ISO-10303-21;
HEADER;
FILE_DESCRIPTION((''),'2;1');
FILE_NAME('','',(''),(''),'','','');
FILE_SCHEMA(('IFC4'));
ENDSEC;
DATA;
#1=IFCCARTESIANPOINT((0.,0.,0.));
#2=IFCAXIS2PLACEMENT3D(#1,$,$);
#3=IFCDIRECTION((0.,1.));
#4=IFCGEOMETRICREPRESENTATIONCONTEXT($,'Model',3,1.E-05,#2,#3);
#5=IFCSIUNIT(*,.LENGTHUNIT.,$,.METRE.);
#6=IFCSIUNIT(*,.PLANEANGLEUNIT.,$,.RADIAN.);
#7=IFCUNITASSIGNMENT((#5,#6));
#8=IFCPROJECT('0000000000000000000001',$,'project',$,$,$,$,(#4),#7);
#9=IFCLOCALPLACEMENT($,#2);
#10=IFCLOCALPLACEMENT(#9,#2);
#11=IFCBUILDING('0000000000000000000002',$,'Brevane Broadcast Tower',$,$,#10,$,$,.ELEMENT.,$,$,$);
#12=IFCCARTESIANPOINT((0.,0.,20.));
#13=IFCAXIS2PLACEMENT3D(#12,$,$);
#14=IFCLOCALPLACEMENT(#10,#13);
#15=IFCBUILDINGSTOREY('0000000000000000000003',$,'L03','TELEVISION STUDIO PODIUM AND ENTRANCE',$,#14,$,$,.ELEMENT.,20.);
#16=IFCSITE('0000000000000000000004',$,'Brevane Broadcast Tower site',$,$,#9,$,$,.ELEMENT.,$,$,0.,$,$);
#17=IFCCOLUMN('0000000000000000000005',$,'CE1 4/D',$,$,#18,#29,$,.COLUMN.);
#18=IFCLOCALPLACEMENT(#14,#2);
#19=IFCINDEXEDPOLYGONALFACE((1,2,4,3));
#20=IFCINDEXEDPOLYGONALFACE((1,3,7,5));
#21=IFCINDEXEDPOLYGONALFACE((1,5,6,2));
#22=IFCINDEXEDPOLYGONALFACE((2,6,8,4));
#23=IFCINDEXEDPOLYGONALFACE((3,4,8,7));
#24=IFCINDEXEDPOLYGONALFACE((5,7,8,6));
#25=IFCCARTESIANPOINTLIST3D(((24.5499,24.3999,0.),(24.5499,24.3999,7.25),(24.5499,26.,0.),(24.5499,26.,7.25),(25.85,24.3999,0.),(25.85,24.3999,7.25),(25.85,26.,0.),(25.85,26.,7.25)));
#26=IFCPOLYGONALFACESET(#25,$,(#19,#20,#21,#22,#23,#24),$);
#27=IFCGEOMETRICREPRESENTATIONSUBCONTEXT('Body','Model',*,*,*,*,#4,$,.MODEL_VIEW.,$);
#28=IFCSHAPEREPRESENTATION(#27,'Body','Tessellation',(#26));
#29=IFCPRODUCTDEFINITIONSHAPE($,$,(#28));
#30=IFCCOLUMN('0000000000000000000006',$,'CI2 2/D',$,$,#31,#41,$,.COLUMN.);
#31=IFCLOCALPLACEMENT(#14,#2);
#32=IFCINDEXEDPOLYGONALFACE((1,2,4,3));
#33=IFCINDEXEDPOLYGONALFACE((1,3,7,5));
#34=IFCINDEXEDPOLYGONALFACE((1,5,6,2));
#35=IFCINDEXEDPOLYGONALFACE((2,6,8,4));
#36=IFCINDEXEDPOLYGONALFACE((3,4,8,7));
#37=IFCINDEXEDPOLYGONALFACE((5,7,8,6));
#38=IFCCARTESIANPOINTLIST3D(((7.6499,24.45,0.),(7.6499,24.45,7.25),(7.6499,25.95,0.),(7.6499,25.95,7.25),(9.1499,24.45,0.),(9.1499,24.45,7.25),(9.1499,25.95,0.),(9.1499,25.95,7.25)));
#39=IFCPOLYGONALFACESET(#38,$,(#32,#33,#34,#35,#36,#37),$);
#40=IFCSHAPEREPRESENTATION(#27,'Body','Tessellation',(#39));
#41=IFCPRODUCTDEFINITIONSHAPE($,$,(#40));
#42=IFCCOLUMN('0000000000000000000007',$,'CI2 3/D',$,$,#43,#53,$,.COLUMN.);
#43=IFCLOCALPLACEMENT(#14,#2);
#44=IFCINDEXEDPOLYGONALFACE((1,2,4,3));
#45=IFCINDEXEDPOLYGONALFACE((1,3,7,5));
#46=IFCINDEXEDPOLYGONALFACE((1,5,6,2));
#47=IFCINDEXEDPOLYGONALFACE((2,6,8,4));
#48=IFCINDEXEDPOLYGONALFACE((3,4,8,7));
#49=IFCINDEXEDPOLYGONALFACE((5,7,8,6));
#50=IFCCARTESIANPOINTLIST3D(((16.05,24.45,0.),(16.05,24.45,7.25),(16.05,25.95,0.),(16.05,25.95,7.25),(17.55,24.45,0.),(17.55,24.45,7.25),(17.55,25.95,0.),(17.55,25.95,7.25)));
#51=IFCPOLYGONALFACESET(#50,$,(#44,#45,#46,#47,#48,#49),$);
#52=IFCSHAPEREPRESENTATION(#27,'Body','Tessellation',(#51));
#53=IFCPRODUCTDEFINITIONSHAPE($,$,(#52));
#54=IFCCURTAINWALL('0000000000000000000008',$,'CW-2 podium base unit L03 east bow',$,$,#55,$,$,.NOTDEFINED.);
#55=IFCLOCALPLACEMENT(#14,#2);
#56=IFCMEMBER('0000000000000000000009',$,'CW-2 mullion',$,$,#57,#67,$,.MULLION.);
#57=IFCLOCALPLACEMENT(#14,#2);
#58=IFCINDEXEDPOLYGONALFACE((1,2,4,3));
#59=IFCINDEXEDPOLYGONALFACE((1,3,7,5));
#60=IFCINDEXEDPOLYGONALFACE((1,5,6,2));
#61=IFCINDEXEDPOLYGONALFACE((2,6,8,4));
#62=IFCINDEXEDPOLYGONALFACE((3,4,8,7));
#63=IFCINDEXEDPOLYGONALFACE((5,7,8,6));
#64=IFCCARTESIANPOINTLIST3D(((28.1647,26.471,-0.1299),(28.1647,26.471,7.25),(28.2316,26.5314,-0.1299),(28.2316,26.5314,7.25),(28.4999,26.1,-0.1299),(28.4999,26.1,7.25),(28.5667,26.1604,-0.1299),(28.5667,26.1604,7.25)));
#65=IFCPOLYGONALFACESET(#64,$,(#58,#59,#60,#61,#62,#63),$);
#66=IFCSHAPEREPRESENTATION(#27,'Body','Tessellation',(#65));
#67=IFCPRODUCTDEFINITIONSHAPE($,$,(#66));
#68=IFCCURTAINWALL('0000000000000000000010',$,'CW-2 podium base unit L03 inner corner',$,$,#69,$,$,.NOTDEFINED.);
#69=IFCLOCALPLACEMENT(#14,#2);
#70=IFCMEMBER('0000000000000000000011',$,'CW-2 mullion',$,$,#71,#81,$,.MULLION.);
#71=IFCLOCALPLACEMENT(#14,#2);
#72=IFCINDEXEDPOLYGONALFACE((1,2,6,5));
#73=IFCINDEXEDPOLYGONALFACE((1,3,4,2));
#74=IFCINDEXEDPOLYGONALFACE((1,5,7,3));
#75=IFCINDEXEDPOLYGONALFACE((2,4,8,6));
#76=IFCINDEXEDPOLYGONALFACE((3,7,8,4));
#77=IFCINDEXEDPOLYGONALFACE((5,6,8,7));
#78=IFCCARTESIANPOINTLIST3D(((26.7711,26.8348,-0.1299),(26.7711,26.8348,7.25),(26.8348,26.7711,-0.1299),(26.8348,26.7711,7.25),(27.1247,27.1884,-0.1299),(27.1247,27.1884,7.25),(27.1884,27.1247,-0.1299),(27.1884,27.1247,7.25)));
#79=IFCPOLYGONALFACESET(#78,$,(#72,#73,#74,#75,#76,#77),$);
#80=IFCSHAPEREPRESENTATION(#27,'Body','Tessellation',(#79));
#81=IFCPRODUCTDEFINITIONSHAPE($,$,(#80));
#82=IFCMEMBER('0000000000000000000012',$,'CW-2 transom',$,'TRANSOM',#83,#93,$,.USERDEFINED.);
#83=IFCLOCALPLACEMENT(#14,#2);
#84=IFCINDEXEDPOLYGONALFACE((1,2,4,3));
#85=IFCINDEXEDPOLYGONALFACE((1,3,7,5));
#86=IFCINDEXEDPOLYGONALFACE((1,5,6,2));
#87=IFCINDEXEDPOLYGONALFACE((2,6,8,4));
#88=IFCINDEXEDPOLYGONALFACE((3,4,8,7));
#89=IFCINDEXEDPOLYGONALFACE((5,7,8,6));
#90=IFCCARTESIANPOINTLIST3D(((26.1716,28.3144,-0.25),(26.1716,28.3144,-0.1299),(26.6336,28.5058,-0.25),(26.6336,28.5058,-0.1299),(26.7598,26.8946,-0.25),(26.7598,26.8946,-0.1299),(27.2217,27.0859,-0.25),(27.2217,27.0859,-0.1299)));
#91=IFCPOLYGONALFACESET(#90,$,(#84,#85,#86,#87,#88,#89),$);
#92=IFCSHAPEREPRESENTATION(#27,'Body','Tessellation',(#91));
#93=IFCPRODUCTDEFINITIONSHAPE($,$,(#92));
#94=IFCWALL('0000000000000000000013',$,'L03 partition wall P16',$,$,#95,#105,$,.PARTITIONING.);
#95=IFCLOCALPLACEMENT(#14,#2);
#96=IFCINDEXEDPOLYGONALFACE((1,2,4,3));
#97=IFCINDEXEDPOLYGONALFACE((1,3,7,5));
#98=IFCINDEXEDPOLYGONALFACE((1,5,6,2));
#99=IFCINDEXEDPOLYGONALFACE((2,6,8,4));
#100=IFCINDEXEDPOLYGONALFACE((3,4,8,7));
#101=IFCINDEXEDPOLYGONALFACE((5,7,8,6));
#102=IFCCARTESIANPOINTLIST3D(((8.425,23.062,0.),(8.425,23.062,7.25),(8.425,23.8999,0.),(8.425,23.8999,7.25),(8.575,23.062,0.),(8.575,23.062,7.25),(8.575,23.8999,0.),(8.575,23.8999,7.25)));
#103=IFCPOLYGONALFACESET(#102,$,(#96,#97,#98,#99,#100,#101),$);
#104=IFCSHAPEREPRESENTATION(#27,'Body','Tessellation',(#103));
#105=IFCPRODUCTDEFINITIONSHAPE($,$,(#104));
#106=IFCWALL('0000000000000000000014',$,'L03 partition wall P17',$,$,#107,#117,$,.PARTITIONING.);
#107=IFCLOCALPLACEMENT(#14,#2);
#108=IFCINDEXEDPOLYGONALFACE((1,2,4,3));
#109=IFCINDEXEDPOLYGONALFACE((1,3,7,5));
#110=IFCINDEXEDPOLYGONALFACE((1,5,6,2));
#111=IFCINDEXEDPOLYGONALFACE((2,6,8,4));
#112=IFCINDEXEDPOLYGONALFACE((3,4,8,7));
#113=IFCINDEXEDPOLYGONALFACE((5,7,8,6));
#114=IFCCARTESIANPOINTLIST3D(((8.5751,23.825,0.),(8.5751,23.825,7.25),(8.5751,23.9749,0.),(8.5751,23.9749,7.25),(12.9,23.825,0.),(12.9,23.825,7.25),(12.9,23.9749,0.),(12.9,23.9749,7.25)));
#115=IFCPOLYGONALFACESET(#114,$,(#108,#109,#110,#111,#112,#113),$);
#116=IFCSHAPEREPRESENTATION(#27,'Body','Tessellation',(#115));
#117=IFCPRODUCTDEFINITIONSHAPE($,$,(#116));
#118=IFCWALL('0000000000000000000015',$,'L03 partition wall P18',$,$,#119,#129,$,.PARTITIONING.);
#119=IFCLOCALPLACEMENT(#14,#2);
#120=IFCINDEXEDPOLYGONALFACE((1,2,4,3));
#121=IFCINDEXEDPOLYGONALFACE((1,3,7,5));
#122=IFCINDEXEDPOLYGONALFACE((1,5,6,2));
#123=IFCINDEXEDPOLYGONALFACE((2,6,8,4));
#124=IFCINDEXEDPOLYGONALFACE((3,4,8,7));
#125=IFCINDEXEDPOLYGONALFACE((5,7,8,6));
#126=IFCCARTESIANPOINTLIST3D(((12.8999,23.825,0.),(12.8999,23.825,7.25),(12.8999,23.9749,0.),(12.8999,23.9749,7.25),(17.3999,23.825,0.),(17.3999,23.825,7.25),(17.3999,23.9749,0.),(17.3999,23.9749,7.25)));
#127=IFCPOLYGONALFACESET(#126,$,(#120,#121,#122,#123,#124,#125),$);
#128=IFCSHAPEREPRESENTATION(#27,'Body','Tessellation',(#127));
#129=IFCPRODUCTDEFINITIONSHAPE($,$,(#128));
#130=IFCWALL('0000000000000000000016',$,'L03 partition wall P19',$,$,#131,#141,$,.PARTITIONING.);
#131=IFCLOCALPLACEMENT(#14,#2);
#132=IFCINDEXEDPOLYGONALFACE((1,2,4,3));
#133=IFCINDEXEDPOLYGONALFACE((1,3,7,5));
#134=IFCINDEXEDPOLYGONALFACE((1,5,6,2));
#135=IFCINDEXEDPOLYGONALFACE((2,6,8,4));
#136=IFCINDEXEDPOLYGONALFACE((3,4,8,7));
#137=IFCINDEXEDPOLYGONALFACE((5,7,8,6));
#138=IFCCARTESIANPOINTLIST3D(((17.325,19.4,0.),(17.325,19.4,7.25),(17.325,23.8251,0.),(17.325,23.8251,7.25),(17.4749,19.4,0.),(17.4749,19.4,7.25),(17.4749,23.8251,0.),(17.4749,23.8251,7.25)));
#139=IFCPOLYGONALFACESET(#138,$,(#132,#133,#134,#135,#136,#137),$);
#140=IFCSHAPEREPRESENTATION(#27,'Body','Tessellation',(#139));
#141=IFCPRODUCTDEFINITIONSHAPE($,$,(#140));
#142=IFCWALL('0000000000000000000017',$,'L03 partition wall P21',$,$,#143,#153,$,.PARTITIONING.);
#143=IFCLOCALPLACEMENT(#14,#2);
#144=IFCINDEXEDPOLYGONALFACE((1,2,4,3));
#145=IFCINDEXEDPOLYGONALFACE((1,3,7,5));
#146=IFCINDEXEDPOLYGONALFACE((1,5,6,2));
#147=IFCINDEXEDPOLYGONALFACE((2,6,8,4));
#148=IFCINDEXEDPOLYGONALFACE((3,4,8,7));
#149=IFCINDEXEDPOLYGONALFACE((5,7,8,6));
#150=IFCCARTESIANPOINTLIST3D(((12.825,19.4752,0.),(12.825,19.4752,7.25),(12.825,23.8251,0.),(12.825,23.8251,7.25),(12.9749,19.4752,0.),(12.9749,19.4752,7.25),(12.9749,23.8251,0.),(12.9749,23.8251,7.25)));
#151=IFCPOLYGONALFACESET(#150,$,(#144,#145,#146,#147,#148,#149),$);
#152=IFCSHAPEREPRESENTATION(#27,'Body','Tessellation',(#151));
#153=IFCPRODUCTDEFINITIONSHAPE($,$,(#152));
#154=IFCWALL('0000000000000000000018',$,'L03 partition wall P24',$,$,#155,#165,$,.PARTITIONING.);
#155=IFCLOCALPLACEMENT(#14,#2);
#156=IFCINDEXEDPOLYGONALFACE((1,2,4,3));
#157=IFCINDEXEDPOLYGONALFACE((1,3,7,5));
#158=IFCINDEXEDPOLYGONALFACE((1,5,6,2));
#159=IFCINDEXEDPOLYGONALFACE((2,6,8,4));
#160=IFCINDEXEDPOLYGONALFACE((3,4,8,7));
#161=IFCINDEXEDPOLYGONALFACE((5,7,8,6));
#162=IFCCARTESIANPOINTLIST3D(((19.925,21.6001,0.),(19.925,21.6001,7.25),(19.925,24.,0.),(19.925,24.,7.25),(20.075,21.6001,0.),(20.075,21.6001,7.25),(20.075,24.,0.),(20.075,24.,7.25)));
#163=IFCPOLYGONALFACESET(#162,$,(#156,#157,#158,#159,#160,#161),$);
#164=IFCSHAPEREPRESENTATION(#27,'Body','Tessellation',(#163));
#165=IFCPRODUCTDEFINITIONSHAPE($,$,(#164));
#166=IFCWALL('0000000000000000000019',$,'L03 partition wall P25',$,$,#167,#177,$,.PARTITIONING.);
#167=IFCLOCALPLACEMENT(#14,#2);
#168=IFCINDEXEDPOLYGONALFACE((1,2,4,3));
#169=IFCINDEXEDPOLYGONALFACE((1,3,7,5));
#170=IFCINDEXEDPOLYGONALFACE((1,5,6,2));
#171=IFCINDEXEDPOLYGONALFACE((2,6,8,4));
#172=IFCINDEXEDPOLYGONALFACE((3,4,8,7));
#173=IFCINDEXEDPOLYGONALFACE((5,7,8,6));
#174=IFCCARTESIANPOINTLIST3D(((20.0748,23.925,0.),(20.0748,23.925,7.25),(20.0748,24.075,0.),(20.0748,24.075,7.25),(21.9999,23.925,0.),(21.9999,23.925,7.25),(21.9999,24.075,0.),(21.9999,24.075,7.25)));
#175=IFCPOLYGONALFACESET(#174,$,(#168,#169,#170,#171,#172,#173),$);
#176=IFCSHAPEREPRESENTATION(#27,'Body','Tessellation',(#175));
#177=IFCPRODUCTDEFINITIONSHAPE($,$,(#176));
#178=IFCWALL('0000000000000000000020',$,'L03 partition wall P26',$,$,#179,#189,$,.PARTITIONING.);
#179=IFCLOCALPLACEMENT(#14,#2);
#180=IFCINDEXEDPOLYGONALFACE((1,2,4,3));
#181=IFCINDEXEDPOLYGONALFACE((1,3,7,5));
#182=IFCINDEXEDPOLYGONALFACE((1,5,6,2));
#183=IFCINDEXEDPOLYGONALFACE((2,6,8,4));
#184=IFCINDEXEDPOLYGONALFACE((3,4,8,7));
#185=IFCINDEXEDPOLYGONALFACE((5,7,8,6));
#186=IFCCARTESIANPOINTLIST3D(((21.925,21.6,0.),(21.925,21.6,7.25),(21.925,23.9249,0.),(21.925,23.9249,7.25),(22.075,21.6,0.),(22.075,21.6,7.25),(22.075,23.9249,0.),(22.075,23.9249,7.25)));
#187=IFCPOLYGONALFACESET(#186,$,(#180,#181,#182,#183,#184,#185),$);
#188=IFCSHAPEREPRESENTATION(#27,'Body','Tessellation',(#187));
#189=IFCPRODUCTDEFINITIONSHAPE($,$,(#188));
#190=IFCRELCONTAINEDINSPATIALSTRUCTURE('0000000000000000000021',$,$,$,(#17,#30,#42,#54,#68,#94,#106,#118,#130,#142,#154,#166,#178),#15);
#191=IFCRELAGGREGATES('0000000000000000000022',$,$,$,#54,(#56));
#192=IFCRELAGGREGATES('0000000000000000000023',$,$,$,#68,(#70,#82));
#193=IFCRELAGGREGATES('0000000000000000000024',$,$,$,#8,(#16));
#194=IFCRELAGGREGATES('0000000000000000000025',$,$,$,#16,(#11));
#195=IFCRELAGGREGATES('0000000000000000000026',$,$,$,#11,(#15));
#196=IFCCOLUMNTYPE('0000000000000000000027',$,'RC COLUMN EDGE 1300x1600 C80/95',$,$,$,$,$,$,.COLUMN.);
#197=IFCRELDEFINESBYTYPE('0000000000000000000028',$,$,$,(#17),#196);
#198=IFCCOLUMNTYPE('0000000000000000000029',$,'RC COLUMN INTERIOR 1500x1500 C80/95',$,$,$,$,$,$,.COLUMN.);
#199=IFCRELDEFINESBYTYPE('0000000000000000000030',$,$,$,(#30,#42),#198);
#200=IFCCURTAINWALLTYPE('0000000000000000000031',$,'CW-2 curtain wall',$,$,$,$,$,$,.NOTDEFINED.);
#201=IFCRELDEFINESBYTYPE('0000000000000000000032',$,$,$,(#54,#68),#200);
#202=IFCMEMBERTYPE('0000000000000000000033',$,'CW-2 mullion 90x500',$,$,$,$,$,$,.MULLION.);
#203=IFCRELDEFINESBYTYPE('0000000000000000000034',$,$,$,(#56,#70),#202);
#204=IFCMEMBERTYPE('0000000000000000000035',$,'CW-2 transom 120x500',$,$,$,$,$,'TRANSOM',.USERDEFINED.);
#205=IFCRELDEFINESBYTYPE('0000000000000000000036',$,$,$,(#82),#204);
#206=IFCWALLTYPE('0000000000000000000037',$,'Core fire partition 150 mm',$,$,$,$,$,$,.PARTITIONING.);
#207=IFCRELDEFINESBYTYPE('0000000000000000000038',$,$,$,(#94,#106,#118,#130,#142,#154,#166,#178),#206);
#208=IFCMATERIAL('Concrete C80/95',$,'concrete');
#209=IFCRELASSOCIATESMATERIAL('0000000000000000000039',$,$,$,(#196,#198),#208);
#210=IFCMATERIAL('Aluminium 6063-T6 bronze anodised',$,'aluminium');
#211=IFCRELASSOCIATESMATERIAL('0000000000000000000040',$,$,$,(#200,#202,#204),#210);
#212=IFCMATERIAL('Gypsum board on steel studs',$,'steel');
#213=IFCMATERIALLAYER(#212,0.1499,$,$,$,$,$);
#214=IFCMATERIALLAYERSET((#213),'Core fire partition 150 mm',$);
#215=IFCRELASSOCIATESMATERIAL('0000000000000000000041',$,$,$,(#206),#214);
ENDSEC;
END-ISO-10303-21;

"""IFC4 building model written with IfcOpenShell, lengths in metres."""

from ifc_helpers import new_model, si_unit, direction, frame, frame_2d, origin, origin_2d, place, context, subcontext, project, spatial, rectangle, extrude, material, layer, layer_set, material_profile, profile_set, type_object, element, aggregate, save


model = new_model("IFC4")

# Units and contexts
model_context = context("Model", 3, precision=1e-05, world=origin(), true_north=direction((0.0, 1.0)))
body_context = subcontext(model_context, "Body", "Model", "MODEL_VIEW")
ifc_project = project(units=[si_unit("LENGTHUNIT", "METRE"), si_unit("PLANEANGLEUNIT", "RADIAN")], contexts=[model_context])

# Site, building, storey
site_placement = place(None, origin())
site = spatial("IfcSite", under=ifc_project, at=site_placement, Name="Brevane Broadcast Tower site", CompositionType="ELEMENT", RefElevation=0.0)
building_placement = place(site_placement, origin())
building = spatial("IfcBuilding", under=site, at=building_placement, Name="Brevane Broadcast Tower", CompositionType="ELEMENT")
storey_placement = place(building_placement, frame((0.0, 0.0, 20.0)))
storey = spatial("IfcBuildingStorey", under=building, at=storey_placement, Name="L03", Description="TELEVISION STUDIO PODIUM AND ENTRANCE", CompositionType="ELEMENT", Elevation=20.0)

# Columns
ifc_material_1 = material(Name="Concrete C80/95", Category="concrete")
ifc_material_profile_1 = material_profile(ifc_material_1, rectangle(XDim=1.3, YDim=1.6001, at=origin_2d()), Name="RC 1300x1600")
ifc_profile_set_1 = profile_set([ifc_material_profile_1], Name="Concrete C80/95")
column_type_1 = type_object("IfcColumnType", Name="RC COLUMN EDGE 1300x1600 C80/95", PredefinedType="COLUMN", material=ifc_profile_set_1)
column_placement = place(storey_placement, frame((25.2, 25.2, 0.0), z_axis=(0.0, 0.0, 1.0), x_axis=(1.0, 0.0, 0.0)))
element("IfcColumn", 1, at=column_placement, inside=storey, type_object=column_type_1, Name="CE1 4/D", PredefinedType="COLUMN", context=body_context, shape_type="SweptSolid", body=[
    extrude(rectangle(XDim=1.3, YDim=1.6001, at=origin_2d()), origin(), (0.0, 0.0, 1.0), 7.25),
])
ifc_material_profile_2 = material_profile(ifc_material_1, rectangle(XDim=1.5, YDim=1.5, at=origin_2d()), Name="RC 1500x1500")
ifc_profile_set_2 = profile_set([ifc_material_profile_2], Name="Concrete C80/95")
column_type_2 = type_object("IfcColumnType", Name="RC COLUMN INTERIOR 1500x1500 C80/95", PredefinedType="COLUMN", material=ifc_profile_set_2)
for number, where, z_axis, x_axis, name in (
    (2, (8.3999, 25.2, 0.0), (0.0, 0.0, 1.0), (1.0, 0.0, 0.0), "CI2 2/D"),
    (3, (16.8, 25.2, 0.0), (0.0, 0.0, 1.0), (1.0, 0.0, 0.0), "CI2 3/D"),
):
    element("IfcColumn", number, at=place(storey_placement, frame(where, z_axis=z_axis, x_axis=x_axis)), inside=storey, type_object=column_type_2, Name=name, PredefinedType="COLUMN", context=body_context, shape_type="SweptSolid", body=[
        extrude(rectangle(XDim=1.5, YDim=1.5, at=origin_2d()), origin(), (0.0, 0.0, 1.0), 7.25),
    ])

# Curtain wall, member
ifc_material_2 = material(Name="Aluminium 6063-T6 bronze anodised", Category="aluminium")
curtain_wall_type = type_object("IfcCurtainWallType", Name="CW-2 curtain wall", PredefinedType="NOTDEFINED", material=ifc_material_2)
curtain_wall_1_placement = place(storey_placement, origin())
curtain_wall_1 = element("IfcCurtainWall", 4, at=curtain_wall_1_placement, inside=storey, type_object=curtain_wall_type, Name="CW-2 podium base unit L03 east bow", PredefinedType="NOTDEFINED")
ifc_material_profile_3 = material_profile(ifc_material_2, rectangle(XDim=0.5, YDim=0.0901, at=origin_2d()), Name="RECT 90x500")
ifc_profile_set_3 = profile_set([ifc_material_profile_3], Name="Aluminium 6063-T6 bronze anodised")
member_type_1 = type_object("IfcMemberType", Name="CW-2 mullion 90x500", PredefinedType="MULLION", material=ifc_profile_set_3)
member_1_placement = place(storey_placement, frame((28.3657, 26.3157, -0.1299), z_axis=(0.0, 0.0, 1.0), x_axis=(0.670369, -0.742028, 0.0)))
member_1 = element("IfcMember", 5, at=member_1_placement, type_object=member_type_1, Name="CW-2 mullion", PredefinedType="MULLION", context=body_context, shape_type="SweptSolid", body=[
    extrude(rectangle(XDim=0.5, YDim=0.0901, at=origin_2d()), origin(), (0.0, 0.0, 1.0), 7.3799),
])
aggregate(curtain_wall_1, [member_1])

# Curtain wall, members
curtain_wall_2_placement = place(storey_placement, origin())
curtain_wall_2 = element("IfcCurtainWall", 6, at=curtain_wall_2_placement, inside=storey, type_object=curtain_wall_type, Name="CW-2 podium base unit L03 inner corner", PredefinedType="NOTDEFINED")
member_2_placement = place(storey_placement, frame((26.9797, 26.9797, -0.1299), z_axis=(0.0, 0.0, 1.0), x_axis=(-0.707107, -0.707107, 0.0)))
member_2 = element("IfcMember", 7, at=member_2_placement, type_object=member_type_1, Name="CW-2 mullion", PredefinedType="MULLION", context=body_context, shape_type="SweptSolid", body=[
    extrude(rectangle(XDim=0.5, YDim=0.0901, at=origin_2d()), origin(), (0.0, 0.0, 1.0), 7.3799),
])
ifc_material_profile_4 = material_profile(ifc_material_2, rectangle(XDim=0.5, YDim=0.1201, at=origin_2d()), Name="RECT 120x500")
ifc_profile_set_4 = profile_set([ifc_material_profile_4], Name="Aluminium 6063-T6 bronze anodised")
member_type_2 = type_object("IfcMemberType", Name="CW-2 transom 120x500", ElementType="TRANSOM", PredefinedType="USERDEFINED", material=ifc_profile_set_4)
member_3_placement = place(storey_placement, frame((26.9907, 26.9902, -0.1899), z_axis=(-0.382674, 0.923883, 0.0), x_axis=(-0.923883, -0.382674, 0.0)))
member_3 = element("IfcMember", 8, at=member_3_placement, type_object=member_type_2, Name="CW-2 transom", ObjectType="TRANSOM", PredefinedType="USERDEFINED", context=body_context, shape_type="SweptSolid", body=[
    extrude(rectangle(XDim=0.5, YDim=0.1201, at=origin_2d()), origin(), (0.0, 0.0, 1.0), 1.5369),
])
aggregate(curtain_wall_2, [member_2, member_3])

# Walls
ifc_material_3 = material(Name="Gypsum board on steel studs", Category="steel")
ifc_layer_1 = layer(ifc_material_3, 0.1499)
ifc_layer_set_1 = layer_set([ifc_layer_1], Name="Core fire partition 150 mm")
wall_type_1 = type_object("IfcWallType", Name="Core fire partition 150 mm", PredefinedType="PARTITIONING", material=ifc_layer_set_1)
wall_1_placement = place(storey_placement, frame((8.5, 23.062, 0.0), z_axis=(0.0, 0.0, 1.0), x_axis=(0.0, 1.0, 0.0)))
element("IfcWall", 9, at=wall_1_placement, inside=storey, type_object=wall_type_1, Name="L03 partition wall P16", PredefinedType="PARTITIONING", context=body_context, shape_type="SweptSolid", body=[
    extrude(rectangle(XDim=0.8379, YDim=0.1499, at=frame_2d((0.4189, 0.0))), origin(), (0.0, 0.0, 1.0), 7.25),
])
wall_2_placement = place(storey_placement, frame((8.575, 23.8999, 0.0), z_axis=(0.0, 0.0, 1.0), x_axis=(1.0, 0.0, 0.0)))
element("IfcWall", 10, at=wall_2_placement, inside=storey, type_object=wall_type_1, Name="L03 partition wall P17", PredefinedType="PARTITIONING", context=body_context, shape_type="SweptSolid", body=[
    extrude(rectangle(XDim=4.325, YDim=0.1499, at=frame_2d((2.1626, 0.0))), origin(), (0.0, 0.0, 1.0), 7.25),
])
wall_3_placement = place(storey_placement, frame((12.8999, 23.8999, 0.0), z_axis=(0.0, 0.0, 1.0), x_axis=(1.0, 0.0, 0.0)))
element("IfcWall", 11, at=wall_3_placement, inside=storey, type_object=wall_type_1, Name="L03 partition wall P18", PredefinedType="PARTITIONING", context=body_context, shape_type="SweptSolid", body=[
    extrude(rectangle(XDim=4.5, YDim=0.1499, at=frame_2d((2.25, 0.0))), origin(), (0.0, 0.0, 1.0), 7.25),
])
wall_4_placement = place(storey_placement, frame((17.3999, 23.825, 0.0), z_axis=(0.0, 0.0, 1.0), x_axis=(0.0, -1.0, 0.0)))
element("IfcWall", 12, at=wall_4_placement, inside=storey, type_object=wall_type_1, Name="L03 partition wall P19", PredefinedType="PARTITIONING", context=body_context, shape_type="SweptSolid", body=[
    extrude(rectangle(XDim=4.425, YDim=0.1499, at=frame_2d((2.2124, 0.0))), origin(), (0.0, 0.0, 1.0), 7.25),
])
wall_5_placement = place(storey_placement, frame((12.8999, 23.825, 0.0), z_axis=(0.0, 0.0, 1.0), x_axis=(0.0, -1.0, 0.0)))
element("IfcWall", 13, at=wall_5_placement, inside=storey, type_object=wall_type_1, Name="L03 partition wall P21", PredefinedType="PARTITIONING", context=body_context, shape_type="SweptSolid", body=[
    extrude(rectangle(XDim=4.3499, YDim=0.1499, at=frame_2d((2.1748, 0.0))), origin(), (0.0, 0.0, 1.0), 7.25),
])
wall_6_placement = place(storey_placement, frame((20.0, 21.6001, 0.0), z_axis=(0.0, 0.0, 1.0), x_axis=(0.0, 1.0, 0.0)))
element("IfcWall", 14, at=wall_6_placement, inside=storey, type_object=wall_type_1, Name="L03 partition wall P24", PredefinedType="PARTITIONING", context=body_context, shape_type="SweptSolid", body=[
    extrude(rectangle(XDim=2.3999, YDim=0.1499, at=frame_2d((1.2, 0.0))), origin(), (0.0, 0.0, 1.0), 7.25),
])
wall_7_placement = place(storey_placement, frame((20.075, 24.0, 0.0), z_axis=(0.0, 0.0, 1.0), x_axis=(1.0, 0.0, 0.0)))
element("IfcWall", 15, at=wall_7_placement, inside=storey, type_object=wall_type_1, Name="L03 partition wall P25", PredefinedType="PARTITIONING", context=body_context, shape_type="SweptSolid", body=[
    extrude(rectangle(XDim=1.925, YDim=0.1499, at=frame_2d((0.9624, 0.0))), origin(), (0.0, 0.0, 1.0), 7.25),
])
wall_8_placement = place(storey_placement, frame((22.0, 23.925, 0.0), z_axis=(0.0, 0.0, 1.0), x_axis=(0.0, -1.0, 0.0)))
element("IfcWall", 16, at=wall_8_placement, inside=storey, type_object=wall_type_1, Name="L03 partition wall P26", PredefinedType="PARTITIONING", context=body_context, shape_type="SweptSolid", body=[
    extrude(rectangle(XDim=2.325, YDim=0.1499, at=frame_2d((1.1626, 0.0))), origin(), (0.0, 0.0, 1.0), 7.25),
])

save(model, "model.ifc")
